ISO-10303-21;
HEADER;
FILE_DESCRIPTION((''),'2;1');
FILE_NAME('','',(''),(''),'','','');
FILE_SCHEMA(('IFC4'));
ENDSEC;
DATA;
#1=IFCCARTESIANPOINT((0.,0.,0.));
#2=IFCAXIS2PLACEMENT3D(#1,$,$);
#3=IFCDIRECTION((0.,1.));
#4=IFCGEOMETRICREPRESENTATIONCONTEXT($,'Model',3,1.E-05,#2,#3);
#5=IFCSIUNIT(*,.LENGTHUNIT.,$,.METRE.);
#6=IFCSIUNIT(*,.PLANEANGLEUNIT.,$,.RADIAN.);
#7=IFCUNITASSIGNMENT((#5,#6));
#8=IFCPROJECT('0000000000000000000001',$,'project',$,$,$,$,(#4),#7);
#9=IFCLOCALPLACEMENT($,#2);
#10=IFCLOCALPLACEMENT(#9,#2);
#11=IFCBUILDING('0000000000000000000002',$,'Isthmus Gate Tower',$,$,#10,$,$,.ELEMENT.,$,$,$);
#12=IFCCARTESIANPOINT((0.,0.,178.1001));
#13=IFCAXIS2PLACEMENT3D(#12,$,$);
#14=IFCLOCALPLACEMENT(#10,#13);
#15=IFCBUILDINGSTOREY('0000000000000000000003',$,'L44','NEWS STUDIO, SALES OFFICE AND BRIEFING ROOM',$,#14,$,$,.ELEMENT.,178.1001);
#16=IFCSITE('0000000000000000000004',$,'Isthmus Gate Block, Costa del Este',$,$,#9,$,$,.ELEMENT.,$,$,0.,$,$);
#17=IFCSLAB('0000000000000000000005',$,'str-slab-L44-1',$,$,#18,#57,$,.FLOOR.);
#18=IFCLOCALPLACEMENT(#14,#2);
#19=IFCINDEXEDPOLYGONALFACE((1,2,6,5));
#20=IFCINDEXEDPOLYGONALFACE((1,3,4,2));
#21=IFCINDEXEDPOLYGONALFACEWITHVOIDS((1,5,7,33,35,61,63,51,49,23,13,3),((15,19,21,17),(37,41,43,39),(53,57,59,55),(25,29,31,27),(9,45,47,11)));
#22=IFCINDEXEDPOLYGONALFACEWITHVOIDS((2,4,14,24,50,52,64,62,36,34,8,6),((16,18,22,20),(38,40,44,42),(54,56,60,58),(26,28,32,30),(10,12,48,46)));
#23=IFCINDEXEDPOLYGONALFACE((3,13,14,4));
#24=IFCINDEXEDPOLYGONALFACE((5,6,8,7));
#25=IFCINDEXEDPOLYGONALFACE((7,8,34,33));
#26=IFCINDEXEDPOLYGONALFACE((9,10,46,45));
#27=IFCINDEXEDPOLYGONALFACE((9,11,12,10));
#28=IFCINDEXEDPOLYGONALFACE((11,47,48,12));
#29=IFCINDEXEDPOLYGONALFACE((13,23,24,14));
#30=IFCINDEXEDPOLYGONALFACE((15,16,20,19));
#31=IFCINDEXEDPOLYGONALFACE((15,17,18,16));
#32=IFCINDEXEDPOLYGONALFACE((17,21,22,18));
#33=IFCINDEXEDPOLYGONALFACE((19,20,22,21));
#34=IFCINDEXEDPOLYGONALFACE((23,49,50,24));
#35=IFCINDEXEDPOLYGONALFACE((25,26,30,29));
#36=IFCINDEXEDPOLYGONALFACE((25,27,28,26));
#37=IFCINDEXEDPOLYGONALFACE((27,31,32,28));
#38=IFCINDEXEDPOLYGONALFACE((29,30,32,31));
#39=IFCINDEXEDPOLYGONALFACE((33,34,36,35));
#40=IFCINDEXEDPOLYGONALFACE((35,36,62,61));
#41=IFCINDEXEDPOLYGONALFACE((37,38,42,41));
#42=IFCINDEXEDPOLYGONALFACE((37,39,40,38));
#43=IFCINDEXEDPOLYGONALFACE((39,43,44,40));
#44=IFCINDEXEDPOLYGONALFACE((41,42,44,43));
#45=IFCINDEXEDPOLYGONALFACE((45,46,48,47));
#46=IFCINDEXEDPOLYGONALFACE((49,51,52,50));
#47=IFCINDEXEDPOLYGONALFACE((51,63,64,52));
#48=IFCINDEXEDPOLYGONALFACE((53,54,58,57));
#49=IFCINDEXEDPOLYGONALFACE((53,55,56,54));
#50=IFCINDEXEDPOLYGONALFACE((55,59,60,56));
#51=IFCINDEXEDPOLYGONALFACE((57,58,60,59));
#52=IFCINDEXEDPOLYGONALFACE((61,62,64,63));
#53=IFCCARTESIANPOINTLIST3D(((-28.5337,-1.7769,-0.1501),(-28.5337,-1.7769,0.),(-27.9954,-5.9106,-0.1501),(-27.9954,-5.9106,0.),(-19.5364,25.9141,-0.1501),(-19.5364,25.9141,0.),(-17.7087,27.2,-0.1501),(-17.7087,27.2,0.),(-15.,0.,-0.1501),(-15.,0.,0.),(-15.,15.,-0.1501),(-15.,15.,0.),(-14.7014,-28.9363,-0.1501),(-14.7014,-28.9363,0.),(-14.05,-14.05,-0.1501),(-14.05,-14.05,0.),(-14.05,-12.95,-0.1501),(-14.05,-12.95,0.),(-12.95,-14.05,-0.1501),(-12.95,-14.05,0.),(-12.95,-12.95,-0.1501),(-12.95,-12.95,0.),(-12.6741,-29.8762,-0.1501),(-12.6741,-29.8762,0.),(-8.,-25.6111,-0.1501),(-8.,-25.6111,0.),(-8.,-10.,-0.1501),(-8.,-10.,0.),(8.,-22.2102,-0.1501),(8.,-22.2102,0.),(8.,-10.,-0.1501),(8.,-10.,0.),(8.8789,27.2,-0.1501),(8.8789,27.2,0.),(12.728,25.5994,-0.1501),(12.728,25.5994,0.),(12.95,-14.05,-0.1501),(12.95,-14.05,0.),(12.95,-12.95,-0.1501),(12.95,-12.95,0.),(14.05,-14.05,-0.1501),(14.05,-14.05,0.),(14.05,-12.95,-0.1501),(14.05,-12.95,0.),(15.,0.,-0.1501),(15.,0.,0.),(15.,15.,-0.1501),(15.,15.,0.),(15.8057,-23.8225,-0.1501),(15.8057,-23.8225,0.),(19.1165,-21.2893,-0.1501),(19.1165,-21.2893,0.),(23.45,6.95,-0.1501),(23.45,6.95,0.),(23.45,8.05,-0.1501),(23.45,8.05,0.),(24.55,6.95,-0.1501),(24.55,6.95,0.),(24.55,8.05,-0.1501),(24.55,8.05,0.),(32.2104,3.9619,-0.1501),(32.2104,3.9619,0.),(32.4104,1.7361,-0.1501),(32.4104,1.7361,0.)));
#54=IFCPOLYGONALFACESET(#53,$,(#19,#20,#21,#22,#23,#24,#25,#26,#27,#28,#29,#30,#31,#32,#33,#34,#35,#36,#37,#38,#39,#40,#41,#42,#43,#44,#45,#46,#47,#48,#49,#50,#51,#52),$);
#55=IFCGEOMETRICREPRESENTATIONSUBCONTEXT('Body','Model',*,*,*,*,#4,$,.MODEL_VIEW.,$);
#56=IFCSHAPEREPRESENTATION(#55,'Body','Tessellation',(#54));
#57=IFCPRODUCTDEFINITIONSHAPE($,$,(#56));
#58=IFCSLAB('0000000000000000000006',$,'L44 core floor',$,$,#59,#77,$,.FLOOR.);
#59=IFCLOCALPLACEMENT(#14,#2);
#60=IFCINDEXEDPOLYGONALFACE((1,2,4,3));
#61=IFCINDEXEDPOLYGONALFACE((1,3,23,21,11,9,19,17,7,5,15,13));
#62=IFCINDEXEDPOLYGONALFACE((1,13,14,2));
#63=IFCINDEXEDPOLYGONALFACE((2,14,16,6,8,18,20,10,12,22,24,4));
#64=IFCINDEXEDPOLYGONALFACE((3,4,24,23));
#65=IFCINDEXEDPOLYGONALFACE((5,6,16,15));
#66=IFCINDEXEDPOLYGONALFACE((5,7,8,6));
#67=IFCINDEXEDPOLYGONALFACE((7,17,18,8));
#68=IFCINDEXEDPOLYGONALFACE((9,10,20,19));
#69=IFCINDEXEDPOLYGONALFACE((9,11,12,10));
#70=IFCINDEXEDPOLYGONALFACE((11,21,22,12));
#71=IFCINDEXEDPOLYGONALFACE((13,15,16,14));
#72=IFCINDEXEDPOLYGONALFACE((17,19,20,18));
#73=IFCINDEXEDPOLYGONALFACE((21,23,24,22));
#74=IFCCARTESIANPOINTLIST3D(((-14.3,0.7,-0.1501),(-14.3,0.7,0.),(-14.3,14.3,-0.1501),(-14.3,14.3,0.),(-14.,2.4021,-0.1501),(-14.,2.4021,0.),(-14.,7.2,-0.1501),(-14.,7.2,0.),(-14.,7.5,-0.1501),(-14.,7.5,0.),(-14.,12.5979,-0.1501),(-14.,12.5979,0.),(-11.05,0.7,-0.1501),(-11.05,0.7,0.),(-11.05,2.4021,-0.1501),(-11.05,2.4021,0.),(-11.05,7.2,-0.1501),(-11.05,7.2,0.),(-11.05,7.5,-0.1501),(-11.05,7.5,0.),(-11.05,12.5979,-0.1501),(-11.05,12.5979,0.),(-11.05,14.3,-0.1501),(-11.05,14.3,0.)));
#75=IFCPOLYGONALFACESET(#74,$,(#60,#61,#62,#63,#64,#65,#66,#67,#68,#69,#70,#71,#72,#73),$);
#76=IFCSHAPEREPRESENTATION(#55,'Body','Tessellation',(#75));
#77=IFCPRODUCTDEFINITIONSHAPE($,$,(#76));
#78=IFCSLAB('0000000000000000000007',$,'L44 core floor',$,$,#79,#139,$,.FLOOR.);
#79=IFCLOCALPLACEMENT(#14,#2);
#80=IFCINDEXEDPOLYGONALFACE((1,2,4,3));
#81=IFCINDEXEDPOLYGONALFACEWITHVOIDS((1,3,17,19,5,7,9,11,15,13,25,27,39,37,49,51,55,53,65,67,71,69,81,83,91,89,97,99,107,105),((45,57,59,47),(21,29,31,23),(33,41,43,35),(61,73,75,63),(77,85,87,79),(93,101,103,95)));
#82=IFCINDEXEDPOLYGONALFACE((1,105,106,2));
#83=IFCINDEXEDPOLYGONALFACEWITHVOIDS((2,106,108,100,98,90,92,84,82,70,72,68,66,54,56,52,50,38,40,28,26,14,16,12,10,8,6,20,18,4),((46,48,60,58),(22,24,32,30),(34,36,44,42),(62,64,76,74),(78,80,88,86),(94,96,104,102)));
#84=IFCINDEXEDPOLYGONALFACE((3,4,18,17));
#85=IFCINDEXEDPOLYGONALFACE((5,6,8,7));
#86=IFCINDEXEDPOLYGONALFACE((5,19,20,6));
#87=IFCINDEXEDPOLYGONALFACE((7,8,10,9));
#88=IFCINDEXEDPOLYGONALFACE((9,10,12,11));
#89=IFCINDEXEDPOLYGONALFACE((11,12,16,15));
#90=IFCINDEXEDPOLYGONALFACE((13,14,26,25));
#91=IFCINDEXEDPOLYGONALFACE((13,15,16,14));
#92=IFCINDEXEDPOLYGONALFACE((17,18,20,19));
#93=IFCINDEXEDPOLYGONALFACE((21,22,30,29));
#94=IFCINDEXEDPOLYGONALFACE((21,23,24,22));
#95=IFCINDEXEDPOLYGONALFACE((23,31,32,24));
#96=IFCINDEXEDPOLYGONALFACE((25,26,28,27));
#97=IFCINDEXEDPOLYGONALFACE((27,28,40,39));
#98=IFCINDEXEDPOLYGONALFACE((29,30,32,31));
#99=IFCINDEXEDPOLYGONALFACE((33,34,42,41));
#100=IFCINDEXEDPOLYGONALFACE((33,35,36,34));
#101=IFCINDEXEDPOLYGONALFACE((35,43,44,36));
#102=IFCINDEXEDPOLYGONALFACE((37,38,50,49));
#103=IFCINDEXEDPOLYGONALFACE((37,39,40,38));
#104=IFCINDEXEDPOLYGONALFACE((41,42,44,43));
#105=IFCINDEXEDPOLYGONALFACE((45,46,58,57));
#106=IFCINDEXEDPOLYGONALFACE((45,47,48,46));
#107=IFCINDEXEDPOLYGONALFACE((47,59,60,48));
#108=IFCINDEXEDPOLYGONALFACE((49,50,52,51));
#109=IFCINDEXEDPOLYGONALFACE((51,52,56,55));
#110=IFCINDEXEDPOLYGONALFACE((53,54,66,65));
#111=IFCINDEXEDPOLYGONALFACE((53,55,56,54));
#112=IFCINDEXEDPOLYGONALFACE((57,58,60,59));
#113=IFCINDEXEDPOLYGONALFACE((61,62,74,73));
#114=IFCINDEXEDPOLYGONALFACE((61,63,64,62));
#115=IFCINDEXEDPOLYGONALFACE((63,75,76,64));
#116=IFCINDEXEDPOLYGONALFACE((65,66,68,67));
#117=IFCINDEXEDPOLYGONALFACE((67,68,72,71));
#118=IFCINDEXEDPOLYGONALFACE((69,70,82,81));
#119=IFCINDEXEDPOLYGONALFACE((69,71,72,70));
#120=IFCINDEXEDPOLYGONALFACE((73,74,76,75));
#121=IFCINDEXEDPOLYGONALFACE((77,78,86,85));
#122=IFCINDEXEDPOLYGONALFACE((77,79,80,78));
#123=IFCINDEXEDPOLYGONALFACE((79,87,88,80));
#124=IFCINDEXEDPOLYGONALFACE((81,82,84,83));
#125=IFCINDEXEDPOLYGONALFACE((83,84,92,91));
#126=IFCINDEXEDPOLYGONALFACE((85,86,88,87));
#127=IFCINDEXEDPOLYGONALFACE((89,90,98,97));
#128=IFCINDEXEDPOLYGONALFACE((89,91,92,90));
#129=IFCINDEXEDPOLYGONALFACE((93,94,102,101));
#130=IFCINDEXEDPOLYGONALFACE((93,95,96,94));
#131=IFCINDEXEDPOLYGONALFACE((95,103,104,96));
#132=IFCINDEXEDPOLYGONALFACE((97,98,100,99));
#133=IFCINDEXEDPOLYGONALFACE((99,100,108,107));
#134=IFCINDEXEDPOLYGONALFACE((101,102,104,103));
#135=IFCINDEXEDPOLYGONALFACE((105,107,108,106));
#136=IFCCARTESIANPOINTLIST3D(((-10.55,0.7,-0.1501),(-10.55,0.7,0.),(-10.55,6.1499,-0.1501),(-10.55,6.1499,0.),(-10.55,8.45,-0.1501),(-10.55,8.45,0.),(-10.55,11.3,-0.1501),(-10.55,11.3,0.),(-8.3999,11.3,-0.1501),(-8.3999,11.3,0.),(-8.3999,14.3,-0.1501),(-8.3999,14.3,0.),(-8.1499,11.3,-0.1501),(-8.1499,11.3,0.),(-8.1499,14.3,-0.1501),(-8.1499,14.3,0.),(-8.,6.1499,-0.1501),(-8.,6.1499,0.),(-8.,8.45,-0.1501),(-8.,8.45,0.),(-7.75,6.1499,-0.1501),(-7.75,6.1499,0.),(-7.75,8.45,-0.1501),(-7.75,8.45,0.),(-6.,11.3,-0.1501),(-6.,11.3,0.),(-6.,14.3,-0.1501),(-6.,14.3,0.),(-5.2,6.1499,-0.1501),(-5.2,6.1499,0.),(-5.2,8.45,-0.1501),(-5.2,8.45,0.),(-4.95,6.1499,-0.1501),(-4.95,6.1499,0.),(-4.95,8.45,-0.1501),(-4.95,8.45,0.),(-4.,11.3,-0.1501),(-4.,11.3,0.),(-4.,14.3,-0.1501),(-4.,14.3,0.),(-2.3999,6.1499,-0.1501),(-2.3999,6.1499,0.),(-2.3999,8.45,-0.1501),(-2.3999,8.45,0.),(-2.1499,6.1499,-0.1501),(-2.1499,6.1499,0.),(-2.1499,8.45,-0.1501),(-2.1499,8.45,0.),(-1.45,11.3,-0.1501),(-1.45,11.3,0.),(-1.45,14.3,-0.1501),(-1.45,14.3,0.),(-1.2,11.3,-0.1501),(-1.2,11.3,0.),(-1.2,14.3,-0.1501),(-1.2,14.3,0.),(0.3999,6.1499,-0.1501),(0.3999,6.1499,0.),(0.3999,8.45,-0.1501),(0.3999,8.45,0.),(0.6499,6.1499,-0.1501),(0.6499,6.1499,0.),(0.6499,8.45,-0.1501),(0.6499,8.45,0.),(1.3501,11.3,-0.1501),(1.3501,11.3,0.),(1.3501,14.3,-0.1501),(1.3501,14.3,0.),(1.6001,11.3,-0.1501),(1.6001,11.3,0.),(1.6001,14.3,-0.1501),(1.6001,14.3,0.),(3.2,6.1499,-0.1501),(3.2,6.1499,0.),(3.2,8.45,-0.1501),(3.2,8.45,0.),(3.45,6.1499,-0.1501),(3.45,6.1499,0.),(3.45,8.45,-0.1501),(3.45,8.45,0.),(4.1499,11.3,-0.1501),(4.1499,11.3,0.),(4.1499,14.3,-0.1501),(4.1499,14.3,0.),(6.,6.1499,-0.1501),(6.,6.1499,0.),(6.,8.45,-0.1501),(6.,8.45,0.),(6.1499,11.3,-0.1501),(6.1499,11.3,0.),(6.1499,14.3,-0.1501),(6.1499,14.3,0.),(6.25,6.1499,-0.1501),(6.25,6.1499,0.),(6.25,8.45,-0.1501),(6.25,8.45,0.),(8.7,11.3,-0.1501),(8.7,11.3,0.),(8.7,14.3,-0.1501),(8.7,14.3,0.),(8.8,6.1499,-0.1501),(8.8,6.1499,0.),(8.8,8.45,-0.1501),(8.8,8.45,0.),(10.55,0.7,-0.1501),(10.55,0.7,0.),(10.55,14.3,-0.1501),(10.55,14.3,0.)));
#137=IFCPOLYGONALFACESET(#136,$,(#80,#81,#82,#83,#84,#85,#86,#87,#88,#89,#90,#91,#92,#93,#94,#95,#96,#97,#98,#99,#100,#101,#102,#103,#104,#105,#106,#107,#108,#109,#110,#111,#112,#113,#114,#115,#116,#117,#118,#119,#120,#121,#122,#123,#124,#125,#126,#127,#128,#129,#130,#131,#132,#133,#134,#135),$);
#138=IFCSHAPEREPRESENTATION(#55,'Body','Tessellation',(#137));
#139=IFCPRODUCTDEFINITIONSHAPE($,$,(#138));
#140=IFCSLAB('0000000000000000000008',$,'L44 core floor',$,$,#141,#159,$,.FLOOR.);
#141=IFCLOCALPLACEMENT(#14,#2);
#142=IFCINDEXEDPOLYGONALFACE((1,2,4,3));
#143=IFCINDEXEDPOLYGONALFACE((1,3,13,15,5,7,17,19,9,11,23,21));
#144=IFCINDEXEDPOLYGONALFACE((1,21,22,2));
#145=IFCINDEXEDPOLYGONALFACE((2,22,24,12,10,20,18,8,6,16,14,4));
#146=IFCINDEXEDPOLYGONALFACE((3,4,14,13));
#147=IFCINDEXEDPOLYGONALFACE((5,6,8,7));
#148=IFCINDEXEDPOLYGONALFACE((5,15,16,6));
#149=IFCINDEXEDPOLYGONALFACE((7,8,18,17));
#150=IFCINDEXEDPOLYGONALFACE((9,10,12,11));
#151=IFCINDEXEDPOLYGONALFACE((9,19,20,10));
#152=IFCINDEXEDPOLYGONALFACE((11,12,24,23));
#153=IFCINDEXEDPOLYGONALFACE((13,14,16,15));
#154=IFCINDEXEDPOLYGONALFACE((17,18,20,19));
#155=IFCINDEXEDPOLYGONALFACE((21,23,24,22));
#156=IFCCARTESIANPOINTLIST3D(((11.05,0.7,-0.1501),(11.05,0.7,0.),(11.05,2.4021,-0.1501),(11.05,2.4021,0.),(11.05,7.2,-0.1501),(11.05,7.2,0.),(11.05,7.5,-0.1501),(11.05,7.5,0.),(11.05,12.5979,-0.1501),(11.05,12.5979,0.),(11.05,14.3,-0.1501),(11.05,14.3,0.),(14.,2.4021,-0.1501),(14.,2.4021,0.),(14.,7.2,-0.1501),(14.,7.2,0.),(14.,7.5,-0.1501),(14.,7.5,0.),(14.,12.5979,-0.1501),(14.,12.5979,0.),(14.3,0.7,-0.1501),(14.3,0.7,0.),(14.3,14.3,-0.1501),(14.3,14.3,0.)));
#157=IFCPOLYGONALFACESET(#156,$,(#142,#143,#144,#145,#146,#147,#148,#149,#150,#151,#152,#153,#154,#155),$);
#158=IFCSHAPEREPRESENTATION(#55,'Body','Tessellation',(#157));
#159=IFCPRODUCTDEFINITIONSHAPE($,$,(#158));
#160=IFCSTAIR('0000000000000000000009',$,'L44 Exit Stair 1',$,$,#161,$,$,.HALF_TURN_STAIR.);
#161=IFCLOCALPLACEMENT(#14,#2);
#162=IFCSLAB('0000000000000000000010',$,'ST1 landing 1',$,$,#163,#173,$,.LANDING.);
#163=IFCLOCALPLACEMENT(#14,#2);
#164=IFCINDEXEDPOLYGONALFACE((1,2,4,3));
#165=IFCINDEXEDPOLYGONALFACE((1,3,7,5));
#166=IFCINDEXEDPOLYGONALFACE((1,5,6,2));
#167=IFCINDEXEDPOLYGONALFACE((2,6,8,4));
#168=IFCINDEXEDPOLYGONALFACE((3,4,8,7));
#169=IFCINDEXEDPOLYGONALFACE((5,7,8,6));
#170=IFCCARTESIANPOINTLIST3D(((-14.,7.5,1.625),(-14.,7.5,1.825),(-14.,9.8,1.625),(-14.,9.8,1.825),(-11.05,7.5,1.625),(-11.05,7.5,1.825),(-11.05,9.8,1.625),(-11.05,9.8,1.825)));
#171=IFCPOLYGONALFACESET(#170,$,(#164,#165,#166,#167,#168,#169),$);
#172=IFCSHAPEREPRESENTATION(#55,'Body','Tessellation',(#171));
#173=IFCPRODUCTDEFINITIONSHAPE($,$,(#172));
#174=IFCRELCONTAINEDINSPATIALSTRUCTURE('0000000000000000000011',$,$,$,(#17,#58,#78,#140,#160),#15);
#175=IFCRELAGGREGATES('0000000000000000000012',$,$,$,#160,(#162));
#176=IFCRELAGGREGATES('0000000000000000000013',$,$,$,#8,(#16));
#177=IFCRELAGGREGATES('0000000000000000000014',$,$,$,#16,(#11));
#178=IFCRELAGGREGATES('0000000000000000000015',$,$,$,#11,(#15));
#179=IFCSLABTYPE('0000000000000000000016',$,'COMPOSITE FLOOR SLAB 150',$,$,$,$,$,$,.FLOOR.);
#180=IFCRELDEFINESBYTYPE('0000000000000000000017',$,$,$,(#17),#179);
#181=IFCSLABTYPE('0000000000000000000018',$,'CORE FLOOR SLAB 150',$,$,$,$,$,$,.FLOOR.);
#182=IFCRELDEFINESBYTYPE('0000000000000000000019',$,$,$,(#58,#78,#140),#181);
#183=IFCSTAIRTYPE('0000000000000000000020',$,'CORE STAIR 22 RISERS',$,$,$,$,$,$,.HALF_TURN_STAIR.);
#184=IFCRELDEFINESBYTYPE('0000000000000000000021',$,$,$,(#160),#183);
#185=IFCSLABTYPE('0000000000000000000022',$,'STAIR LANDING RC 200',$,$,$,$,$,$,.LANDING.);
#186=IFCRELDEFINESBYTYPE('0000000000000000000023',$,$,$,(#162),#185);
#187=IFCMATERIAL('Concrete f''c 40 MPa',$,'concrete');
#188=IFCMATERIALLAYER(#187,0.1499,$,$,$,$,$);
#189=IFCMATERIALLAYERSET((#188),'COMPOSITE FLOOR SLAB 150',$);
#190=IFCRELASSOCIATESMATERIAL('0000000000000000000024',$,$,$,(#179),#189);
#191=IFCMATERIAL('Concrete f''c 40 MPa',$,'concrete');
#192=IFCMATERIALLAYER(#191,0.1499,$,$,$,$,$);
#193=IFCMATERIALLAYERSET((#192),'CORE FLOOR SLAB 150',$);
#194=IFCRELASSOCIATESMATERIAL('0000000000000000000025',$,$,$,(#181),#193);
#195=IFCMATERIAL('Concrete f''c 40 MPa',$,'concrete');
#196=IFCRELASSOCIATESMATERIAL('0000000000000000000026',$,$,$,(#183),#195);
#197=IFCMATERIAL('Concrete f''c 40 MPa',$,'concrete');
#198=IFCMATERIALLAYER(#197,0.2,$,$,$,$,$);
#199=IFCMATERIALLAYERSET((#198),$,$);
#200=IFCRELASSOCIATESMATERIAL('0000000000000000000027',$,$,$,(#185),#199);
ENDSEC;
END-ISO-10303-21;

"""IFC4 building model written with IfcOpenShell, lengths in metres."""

from ifc_helpers import new_model, si_unit, direction, frame, origin, place, context, subcontext, project, spatial, polyline, outline, extrude, material, layer, layer_set, type_object, element, aggregate, save


model = new_model("IFC4")

# Units and contexts
model_context = context("Model", 3, precision=1e-05, world=origin(), true_north=direction((0.0, 1.0)))
body_context = subcontext(model_context, "Body", "Model", "MODEL_VIEW")
ifc_project = project(units=[si_unit("LENGTHUNIT", "METRE"), si_unit("PLANEANGLEUNIT", "RADIAN")], contexts=[model_context])

# Site, building, storey
site_placement = place(None, origin())
site = spatial("IfcSite", under=ifc_project, at=site_placement, Name="Isthmus Gate Block, Costa del Este", CompositionType="ELEMENT", RefElevation=0.0)
building_placement = place(site_placement, origin())
building = spatial("IfcBuilding", under=site, at=building_placement, Name="Isthmus Gate Tower", CompositionType="ELEMENT")
storey_placement = place(building_placement, frame((0.0, 0.0, 178.1001)))
storey = spatial("IfcBuildingStorey", under=building, at=storey_placement, Name="L44", Description="NEWS STUDIO, SALES OFFICE AND BRIEFING ROOM", CompositionType="ELEMENT", Elevation=178.1001)

# Slabs
ifc_material_1 = material(Name="Concrete f'c 40 MPa", Category="concrete")
ifc_layer_1 = layer(ifc_material_1, 0.1499)
ifc_layer_set_1 = layer_set([ifc_layer_1], Name="COMPOSITE FLOOR SLAB 150")
slab_type_1 = type_object("IfcSlabType", Name="COMPOSITE FLOOR SLAB 150", PredefinedType="FLOOR", material=ifc_layer_set_1)
slab_1_placement = place(storey_placement, frame((0.0, 0.0, -0.1501)))
element("IfcSlab", 1, at=slab_1_placement, inside=storey, type_object=slab_type_1, Name="str-slab-L44-1", PredefinedType="FLOOR", context=body_context, shape_type="SweptSolid", body=[
    extrude(outline(polyline([(12.728, 25.5994), (32.2104, 3.9619), (32.4104, 1.7361), (19.1165, -21.2893), (15.8057, -23.8225), (-12.6741, -29.8762), (-14.7014, -28.9363), (-27.9954, -5.9106), (-28.5337, -1.7769), (-19.5364, 25.9141), (-17.7087, 27.2), (8.8789, 27.2), (12.728, 25.5994)]), holes=[polyline([(-8.0, -10.0), (-8.0, -25.6111), (8.0, -22.2102), (8.0, -10.0), (-8.0, -10.0)]), polyline([(-14.05, -12.95), (-14.05, -14.05), (-12.95, -14.05), (-12.95, -12.95), (-14.05, -12.95)]), polyline([(14.05, -12.95), (12.95, -12.95), (12.95, -14.05), (14.05, -14.05), (14.05, -12.95)]), polyline([(-15.0, 15.0), (-15.0, 0.0), (15.0, 0.0), (15.0, 15.0), (-15.0, 15.0)]), polyline([(24.55, 6.95), (24.55, 8.05), (23.45, 8.05), (23.45, 6.95), (24.55, 6.95)])]), origin(), (0.0, 0.0, 1.0), 0.1501),
])
ifc_material_2 = material(Name="Concrete f'c 40 MPa", Category="concrete")
ifc_layer_2 = layer(ifc_material_2, 0.1499)
ifc_layer_set_2 = layer_set([ifc_layer_2], Name="CORE FLOOR SLAB 150")
slab_type_2 = type_object("IfcSlabType", Name="CORE FLOOR SLAB 150", PredefinedType="FLOOR", material=ifc_layer_set_2)
slab_2_placement = place(storey_placement, frame((0.0, 0.0, -0.1501)))
element("IfcSlab", 2, at=slab_2_placement, inside=storey, type_object=slab_type_2, Name="L44 core floor", PredefinedType="FLOOR", context=body_context, shape_type="SweptSolid", body=[
    extrude(outline(polyline([(-11.05, 0.7), (-11.05, 2.4021), (-14.0, 2.4021), (-14.0, 7.2), (-11.05, 7.2), (-11.05, 7.5), (-14.0, 7.5), (-14.0, 12.5979), (-11.05, 12.5979), (-11.05, 14.3), (-14.3, 14.3), (-14.3, 0.7), (-11.05, 0.7)])), origin(), (0.0, 0.0, 1.0), 0.1501),
])
slab_3_placement = place(storey_placement, frame((0.0, 0.0, -0.1501)))
element("IfcSlab", 3, at=slab_3_placement, inside=storey, type_object=slab_type_2, Name="L44 core floor", PredefinedType="FLOOR", context=body_context, shape_type="SweptSolid", body=[
    extrude(outline(polyline([(10.55, 14.3), (8.7, 14.3), (8.7, 11.3), (6.1499, 11.3), (6.1499, 14.3), (4.1499, 14.3), (4.1499, 11.3), (1.6001, 11.3), (1.6001, 14.3), (1.3501, 14.3), (1.3501, 11.3), (-1.2, 11.3), (-1.2, 14.3), (-1.45, 14.3), (-1.45, 11.3), (-4.0, 11.3), (-4.0, 14.3), (-6.0, 14.3), (-6.0, 11.3), (-8.1499, 11.3), (-8.1499, 14.3), (-8.3999, 14.3), (-8.3999, 11.3), (-10.55, 11.3), (-10.55, 8.45), (-8.0, 8.45), (-8.0, 6.1499), (-10.55, 6.1499), (-10.55, 0.7), (10.55, 0.7), (10.55, 14.3)]), holes=[polyline([(-5.2, 8.45), (-5.2, 6.1499), (-7.75, 6.1499), (-7.75, 8.45), (-5.2, 8.45)]), polyline([(-2.3999, 8.45), (-2.3999, 6.1499), (-4.95, 6.1499), (-4.95, 8.45), (-2.3999, 8.45)]), polyline([(0.3999, 8.45), (0.3999, 6.1499), (-2.1499, 6.1499), (-2.1499, 8.45), (0.3999, 8.45)]), polyline([(3.2, 8.45), (3.2, 6.1499), (0.6499, 6.1499), (0.6499, 8.45), (3.2, 8.45)]), polyline([(6.0, 8.45), (6.0, 6.1499), (3.45, 6.1499), (3.45, 8.45), (6.0, 8.45)]), polyline([(8.8, 8.45), (8.8, 6.1499), (6.25, 6.1499), (6.25, 8.45), (8.8, 8.45)])]), origin(), (0.0, 0.0, 1.0), 0.1501),
])
slab_4_placement = place(storey_placement, frame((0.0, 0.0, -0.1501)))
element("IfcSlab", 4, at=slab_4_placement, inside=storey, type_object=slab_type_2, Name="L44 core floor", PredefinedType="FLOOR", context=body_context, shape_type="SweptSolid", body=[
    extrude(outline(polyline([(11.05, 14.3), (11.05, 12.5979), (14.0, 12.5979), (14.0, 7.5), (11.05, 7.5), (11.05, 7.2), (14.0, 7.2), (14.0, 2.4021), (11.05, 2.4021), (11.05, 0.7), (14.3, 0.7), (14.3, 14.3), (11.05, 14.3)])), origin(), (0.0, 0.0, 1.0), 0.1501),
])

# Stair, slab
ifc_material_3 = material(Name="Concrete f'c 40 MPa", Category="concrete")
stair_type = type_object("IfcStairType", Name="CORE STAIR 22 RISERS", PredefinedType="HALF_TURN_STAIR", material=ifc_material_3)
stair_placement = place(storey_placement, origin())
stair = element("IfcStair", 5, at=stair_placement, inside=storey, type_object=stair_type, Name="L44 Exit Stair 1", PredefinedType="HALF_TURN_STAIR")
ifc_material_4 = material(Name="Concrete f'c 40 MPa", Category="concrete")
ifc_layer_3 = layer(ifc_material_4, 0.2)
ifc_layer_set_3 = layer_set([ifc_layer_3])
slab_type_3 = type_object("IfcSlabType", Name="STAIR LANDING RC 200", PredefinedType="LANDING", material=ifc_layer_set_3)
slab_5_placement = place(storey_placement, frame((0.0, 0.0, 1.625)))
slab_5 = element("IfcSlab", 6, at=slab_5_placement, type_object=slab_type_3, Name="ST1 landing 1", PredefinedType="LANDING", context=body_context, shape_type="SweptSolid", body=[
    extrude(outline(polyline([(-14.0, 9.8), (-14.0, 7.5), (-11.05, 7.5), (-11.05, 9.8), (-14.0, 9.8)])), origin(), (0.0, 0.0, 1.0), 0.2),
])
aggregate(stair, [slab_5])

save(model, "model.ifc")
